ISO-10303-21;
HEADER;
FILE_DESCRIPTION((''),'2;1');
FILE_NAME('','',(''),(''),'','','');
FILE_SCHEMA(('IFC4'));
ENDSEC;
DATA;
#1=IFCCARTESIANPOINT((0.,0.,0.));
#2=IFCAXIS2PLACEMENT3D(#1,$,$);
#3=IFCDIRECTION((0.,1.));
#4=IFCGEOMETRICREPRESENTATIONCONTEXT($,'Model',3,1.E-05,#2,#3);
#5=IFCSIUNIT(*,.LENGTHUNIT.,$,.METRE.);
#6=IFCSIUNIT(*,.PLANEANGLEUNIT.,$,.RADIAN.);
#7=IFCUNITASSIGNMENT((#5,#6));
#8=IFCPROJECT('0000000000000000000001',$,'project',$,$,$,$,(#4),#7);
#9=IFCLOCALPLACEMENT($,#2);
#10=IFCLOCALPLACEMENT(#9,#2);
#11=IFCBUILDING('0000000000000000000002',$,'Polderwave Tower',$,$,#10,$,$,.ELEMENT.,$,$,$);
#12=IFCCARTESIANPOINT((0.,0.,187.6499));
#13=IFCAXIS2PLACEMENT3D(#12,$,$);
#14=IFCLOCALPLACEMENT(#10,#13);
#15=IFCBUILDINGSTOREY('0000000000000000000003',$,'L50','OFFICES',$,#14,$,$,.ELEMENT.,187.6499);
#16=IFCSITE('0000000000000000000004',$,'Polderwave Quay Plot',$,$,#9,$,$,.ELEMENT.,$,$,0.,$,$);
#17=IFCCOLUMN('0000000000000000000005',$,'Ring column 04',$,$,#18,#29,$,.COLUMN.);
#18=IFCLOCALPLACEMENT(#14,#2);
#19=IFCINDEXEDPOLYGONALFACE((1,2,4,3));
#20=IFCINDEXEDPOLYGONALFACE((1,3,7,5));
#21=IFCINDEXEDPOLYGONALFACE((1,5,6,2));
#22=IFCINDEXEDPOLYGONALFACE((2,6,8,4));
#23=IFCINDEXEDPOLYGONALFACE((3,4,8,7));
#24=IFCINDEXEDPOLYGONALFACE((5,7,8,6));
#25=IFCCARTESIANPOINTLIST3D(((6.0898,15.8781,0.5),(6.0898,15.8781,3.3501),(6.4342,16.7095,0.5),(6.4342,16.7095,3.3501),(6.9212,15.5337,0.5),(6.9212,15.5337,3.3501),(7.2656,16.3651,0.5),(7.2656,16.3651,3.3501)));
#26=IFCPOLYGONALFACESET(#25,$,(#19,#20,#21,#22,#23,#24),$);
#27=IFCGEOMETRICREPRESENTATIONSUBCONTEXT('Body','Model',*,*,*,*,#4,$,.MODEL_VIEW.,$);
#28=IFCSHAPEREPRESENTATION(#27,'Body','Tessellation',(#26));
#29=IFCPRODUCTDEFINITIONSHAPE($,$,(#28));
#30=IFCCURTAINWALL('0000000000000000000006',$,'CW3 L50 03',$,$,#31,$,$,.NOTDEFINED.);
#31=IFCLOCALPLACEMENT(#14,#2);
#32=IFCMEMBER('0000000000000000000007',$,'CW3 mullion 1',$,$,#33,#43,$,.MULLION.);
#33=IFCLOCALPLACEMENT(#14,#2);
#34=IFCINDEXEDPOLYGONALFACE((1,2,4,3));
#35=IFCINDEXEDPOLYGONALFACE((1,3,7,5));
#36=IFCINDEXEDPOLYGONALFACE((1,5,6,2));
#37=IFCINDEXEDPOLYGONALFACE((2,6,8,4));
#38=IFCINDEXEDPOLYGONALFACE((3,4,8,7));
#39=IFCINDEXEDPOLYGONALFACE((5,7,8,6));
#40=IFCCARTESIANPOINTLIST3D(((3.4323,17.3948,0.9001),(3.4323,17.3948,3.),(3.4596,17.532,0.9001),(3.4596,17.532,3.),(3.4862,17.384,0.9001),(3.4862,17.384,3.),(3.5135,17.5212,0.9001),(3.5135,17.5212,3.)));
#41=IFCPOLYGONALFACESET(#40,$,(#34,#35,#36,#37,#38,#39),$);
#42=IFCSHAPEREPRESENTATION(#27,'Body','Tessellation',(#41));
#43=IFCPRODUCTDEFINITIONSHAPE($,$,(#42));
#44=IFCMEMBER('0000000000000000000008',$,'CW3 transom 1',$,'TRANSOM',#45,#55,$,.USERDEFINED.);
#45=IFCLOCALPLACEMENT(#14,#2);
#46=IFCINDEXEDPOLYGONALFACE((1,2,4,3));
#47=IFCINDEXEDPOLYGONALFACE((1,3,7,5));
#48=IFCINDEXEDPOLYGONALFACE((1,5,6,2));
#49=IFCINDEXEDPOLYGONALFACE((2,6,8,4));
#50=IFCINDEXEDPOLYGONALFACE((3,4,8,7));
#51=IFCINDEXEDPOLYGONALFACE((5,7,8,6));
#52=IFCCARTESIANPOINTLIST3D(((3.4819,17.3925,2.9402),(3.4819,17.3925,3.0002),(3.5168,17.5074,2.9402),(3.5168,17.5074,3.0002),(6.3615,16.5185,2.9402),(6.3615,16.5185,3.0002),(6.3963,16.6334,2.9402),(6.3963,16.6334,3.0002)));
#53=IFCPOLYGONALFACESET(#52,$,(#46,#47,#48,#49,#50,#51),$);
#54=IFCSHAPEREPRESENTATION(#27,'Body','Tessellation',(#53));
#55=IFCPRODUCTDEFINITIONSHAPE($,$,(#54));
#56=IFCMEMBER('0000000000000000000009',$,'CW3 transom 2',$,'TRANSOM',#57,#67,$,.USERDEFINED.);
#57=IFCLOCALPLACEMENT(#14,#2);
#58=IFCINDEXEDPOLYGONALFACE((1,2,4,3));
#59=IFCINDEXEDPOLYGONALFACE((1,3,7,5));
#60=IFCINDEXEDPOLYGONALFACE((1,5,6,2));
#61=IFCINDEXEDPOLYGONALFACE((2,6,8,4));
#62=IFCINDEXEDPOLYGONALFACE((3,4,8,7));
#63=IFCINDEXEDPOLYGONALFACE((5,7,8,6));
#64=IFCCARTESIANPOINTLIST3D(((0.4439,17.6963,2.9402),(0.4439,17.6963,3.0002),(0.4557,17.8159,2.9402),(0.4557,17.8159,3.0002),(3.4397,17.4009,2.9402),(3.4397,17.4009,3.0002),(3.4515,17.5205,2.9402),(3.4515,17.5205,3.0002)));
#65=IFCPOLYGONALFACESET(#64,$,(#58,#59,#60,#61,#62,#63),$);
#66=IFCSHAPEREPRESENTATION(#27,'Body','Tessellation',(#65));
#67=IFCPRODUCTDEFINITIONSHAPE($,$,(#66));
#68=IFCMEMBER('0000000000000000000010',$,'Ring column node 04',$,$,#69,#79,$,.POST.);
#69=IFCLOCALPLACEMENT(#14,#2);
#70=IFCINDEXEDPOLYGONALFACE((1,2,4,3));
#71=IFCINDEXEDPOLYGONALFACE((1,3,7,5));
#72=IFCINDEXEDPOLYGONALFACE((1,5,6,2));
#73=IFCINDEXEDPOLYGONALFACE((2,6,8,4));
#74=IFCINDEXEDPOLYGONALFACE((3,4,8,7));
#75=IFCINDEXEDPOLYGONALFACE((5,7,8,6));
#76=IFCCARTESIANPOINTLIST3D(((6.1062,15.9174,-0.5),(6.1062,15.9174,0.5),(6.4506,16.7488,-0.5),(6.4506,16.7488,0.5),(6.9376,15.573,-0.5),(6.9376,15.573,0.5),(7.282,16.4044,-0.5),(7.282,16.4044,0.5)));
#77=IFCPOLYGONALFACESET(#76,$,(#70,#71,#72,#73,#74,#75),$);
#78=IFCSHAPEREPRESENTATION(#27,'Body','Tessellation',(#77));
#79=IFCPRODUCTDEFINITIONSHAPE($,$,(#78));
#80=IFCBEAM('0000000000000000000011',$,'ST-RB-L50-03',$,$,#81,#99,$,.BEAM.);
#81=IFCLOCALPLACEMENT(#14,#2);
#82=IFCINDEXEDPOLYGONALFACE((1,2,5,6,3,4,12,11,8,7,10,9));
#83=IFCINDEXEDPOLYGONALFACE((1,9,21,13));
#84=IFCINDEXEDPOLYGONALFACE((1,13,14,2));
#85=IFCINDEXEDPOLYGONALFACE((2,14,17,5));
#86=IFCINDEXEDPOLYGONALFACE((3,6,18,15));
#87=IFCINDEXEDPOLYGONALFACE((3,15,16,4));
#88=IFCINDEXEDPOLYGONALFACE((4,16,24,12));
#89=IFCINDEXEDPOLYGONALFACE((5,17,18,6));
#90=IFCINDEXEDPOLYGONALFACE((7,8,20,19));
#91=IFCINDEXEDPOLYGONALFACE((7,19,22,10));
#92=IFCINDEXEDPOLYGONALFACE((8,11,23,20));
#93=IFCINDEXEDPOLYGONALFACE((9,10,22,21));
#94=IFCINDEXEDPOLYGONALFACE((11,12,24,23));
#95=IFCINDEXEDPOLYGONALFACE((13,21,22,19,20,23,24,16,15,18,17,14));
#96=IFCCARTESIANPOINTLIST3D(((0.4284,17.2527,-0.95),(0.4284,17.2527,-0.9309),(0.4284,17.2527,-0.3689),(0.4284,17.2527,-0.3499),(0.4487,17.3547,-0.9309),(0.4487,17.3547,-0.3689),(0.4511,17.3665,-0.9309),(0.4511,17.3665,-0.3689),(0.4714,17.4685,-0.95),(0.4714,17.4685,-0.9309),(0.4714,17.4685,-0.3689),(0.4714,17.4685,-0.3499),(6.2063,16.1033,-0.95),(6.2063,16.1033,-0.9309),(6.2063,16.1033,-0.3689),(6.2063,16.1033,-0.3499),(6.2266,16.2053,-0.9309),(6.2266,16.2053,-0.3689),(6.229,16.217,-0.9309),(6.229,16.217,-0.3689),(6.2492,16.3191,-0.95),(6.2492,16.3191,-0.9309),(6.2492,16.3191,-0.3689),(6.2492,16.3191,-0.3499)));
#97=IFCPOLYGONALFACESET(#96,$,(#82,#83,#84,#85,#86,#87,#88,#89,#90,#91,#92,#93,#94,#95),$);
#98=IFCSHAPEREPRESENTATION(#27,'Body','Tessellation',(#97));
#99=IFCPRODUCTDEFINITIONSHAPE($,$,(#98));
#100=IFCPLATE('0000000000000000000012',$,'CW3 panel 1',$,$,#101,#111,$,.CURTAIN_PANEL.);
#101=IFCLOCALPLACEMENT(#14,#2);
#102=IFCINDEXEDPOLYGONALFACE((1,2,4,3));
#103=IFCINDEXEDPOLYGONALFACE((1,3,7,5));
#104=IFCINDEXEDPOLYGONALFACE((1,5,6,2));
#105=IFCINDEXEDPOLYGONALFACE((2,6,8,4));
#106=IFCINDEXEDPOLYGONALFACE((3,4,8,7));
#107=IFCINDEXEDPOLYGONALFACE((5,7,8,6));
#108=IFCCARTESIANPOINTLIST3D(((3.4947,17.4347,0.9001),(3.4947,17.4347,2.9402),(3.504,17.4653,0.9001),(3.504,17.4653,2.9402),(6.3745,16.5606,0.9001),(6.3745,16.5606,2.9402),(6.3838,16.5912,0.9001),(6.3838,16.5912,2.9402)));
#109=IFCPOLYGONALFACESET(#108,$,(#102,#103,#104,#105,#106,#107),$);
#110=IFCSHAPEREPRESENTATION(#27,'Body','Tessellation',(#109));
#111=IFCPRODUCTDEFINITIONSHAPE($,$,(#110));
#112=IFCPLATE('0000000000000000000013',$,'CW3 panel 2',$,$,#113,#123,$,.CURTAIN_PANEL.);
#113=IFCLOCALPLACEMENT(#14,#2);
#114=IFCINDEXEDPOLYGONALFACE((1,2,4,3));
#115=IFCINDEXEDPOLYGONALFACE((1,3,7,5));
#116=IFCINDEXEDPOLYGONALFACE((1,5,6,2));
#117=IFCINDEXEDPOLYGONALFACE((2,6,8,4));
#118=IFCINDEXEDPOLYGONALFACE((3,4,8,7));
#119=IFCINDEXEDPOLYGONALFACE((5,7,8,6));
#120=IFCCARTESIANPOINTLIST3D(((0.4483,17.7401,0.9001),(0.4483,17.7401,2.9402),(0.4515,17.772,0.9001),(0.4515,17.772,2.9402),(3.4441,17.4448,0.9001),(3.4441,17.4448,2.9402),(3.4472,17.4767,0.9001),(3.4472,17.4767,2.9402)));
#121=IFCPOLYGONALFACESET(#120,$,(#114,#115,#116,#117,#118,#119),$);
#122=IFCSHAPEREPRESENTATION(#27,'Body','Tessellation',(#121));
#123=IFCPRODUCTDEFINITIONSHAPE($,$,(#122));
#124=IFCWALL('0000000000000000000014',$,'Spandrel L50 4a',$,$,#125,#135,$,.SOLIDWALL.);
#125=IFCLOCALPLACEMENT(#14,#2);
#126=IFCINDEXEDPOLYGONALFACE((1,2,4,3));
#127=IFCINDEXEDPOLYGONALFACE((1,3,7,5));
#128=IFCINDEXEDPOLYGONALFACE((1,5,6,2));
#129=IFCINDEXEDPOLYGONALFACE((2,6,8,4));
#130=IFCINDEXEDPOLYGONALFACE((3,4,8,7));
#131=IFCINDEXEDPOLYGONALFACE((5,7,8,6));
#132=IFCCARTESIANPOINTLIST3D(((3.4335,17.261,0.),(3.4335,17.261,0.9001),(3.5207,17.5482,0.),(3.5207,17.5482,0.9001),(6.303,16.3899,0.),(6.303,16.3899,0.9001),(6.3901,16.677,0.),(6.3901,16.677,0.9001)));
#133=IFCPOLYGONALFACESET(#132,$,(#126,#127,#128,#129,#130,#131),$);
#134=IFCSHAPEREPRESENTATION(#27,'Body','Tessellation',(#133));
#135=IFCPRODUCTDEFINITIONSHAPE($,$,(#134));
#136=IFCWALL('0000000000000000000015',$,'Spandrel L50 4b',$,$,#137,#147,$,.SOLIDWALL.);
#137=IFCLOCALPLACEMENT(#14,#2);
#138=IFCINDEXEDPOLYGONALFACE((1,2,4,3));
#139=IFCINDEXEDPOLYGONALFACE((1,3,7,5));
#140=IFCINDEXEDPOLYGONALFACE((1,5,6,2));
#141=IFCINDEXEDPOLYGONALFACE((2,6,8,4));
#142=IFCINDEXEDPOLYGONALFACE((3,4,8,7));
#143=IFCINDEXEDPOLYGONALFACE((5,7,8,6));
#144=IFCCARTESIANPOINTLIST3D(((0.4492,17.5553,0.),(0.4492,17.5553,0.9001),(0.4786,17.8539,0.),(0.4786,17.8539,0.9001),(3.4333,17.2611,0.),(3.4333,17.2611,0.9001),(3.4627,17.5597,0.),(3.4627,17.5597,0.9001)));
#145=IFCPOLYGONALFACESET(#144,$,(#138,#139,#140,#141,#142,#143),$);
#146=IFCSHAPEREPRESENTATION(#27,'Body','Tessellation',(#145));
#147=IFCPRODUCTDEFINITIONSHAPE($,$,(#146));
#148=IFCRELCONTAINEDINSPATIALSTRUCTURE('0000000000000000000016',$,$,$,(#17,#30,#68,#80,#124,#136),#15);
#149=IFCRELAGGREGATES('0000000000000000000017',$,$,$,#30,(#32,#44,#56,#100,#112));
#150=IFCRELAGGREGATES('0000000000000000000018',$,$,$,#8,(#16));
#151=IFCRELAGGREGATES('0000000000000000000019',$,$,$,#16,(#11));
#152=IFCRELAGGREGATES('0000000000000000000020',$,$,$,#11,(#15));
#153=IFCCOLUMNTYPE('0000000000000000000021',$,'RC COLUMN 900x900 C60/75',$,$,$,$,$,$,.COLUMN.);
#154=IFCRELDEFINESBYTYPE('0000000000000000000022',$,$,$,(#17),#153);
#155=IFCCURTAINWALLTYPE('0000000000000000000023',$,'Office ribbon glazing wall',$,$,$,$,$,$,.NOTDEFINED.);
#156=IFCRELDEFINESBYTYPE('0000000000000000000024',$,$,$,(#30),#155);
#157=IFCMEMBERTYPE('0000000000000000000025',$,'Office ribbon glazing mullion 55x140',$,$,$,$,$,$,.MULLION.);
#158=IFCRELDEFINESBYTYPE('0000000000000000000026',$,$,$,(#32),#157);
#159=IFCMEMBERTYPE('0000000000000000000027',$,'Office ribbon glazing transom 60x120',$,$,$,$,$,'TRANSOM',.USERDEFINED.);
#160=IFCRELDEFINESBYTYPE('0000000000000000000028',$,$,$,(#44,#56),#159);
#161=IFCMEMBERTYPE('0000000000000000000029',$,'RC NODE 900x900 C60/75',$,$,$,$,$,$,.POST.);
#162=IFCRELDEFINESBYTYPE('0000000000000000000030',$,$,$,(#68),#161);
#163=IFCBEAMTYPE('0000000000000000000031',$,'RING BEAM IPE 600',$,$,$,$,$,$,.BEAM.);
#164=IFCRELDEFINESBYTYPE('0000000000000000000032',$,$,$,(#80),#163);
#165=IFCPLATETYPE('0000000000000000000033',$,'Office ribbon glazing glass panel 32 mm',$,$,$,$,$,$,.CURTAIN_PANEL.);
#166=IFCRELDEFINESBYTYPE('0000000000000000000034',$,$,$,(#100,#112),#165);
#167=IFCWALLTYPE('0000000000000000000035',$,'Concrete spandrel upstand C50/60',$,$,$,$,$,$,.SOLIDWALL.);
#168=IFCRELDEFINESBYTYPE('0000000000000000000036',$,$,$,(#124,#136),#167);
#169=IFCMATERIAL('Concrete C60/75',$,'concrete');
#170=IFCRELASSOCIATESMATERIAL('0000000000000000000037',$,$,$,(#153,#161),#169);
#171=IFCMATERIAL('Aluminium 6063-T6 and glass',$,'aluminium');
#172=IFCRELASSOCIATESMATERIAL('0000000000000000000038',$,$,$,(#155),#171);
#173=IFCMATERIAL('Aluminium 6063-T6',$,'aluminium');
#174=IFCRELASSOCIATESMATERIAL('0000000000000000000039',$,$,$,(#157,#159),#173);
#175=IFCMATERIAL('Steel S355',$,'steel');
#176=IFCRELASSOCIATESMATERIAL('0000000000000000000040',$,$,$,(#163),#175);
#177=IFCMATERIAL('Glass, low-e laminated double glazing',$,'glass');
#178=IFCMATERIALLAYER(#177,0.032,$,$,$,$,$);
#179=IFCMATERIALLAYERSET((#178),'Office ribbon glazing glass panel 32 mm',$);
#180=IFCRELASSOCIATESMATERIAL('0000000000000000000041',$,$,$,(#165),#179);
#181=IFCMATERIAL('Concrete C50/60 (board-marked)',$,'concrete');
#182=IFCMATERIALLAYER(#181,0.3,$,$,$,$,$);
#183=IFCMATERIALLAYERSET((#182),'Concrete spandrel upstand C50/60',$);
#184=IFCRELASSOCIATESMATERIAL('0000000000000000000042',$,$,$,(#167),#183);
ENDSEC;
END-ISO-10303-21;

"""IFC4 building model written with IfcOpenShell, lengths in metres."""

from ifc_helpers import new_model, si_unit, direction, frame, frame_2d, origin, origin_2d, place, context, subcontext, project, spatial, rectangle, i_section, extrude, material, layer, layer_set, material_profile, profile_set, type_object, element, aggregate, save


model = new_model("IFC4")

# Units and contexts
model_context = context("Model", 3, precision=1e-05, world=origin(), true_north=direction((0.0, 1.0)))
body_context = subcontext(model_context, "Body", "Model", "MODEL_VIEW")
ifc_project = project(units=[si_unit("LENGTHUNIT", "METRE"), si_unit("PLANEANGLEUNIT", "RADIAN")], contexts=[model_context])

# Site, building, storey
site_placement = place(None, origin())
site = spatial("IfcSite", under=ifc_project, at=site_placement, Name="Polderwave Quay Plot", CompositionType="ELEMENT", RefElevation=0.0)
building_placement = place(site_placement, origin())
building = spatial("IfcBuilding", under=site, at=building_placement, Name="Polderwave Tower", CompositionType="ELEMENT")
storey_placement = place(building_placement, frame((0.0, 0.0, 187.6499)))
storey = spatial("IfcBuildingStorey", under=building, at=storey_placement, Name="L50", Description="OFFICES", CompositionType="ELEMENT", Elevation=187.6499)

# Column
ifc_material_1 = material(Name="Concrete C60/75", Category="concrete")
ifc_material_profile_1 = material_profile(ifc_material_1, rectangle(XDim=0.8999, YDim=0.8999, at=origin_2d()), Name="RC 900x900")
ifc_profile_set_1 = profile_set([ifc_material_profile_1], Name="Concrete C60/75")
column_type = type_object("IfcColumnType", Name="RC COLUMN 900x900 C60/75", PredefinedType="COLUMN", material=ifc_profile_set_1)
column_placement = place(storey_placement, frame((6.6777, 16.1216, 0.5), z_axis=(0.0, 0.0, 1.0), x_axis=(0.382683, 0.92388, 0.0)))
element("IfcColumn", 1, at=column_placement, inside=storey, type_object=column_type, Name="Ring column 04", PredefinedType="COLUMN", context=body_context, shape_type="SweptSolid", body=[
    extrude(rectangle(XDim=0.8999, YDim=0.8999, at=origin_2d()), origin(), (0.0, 0.0, 1.0), 2.8501),
])

# Curtain wall, members
ifc_material_2 = material(Name="Aluminium 6063-T6 and glass", Category="aluminium")
curtain_wall_type = type_object("IfcCurtainWallType", Name="Office ribbon glazing wall", PredefinedType="NOTDEFINED", material=ifc_material_2)
curtain_wall_placement = place(storey_placement, origin())
curtain_wall = element("IfcCurtainWall", 2, at=curtain_wall_placement, inside=storey, type_object=curtain_wall_type, Name="CW3 L50 03", PredefinedType="NOTDEFINED")
ifc_material_3 = material(Name="Aluminium 6063-T6", Category="aluminium")
ifc_material_profile_2 = material_profile(ifc_material_3, rectangle(XDim=0.1399, YDim=0.0549, at=origin_2d()), Name="AL 55x140")
ifc_profile_set_2 = profile_set([ifc_material_profile_2], Name="Aluminium 6063-T6")
member_type_1 = type_object("IfcMemberType", Name="Office ribbon glazing mullion 55x140", PredefinedType="MULLION", material=ifc_profile_set_2)
member_1_placement = place(storey_placement, frame((3.4729, 17.458, 0.9001), z_axis=(0.0, 0.0, 1.0), x_axis=(-0.195205, -0.980762, 0.0)))
member_1 = element("IfcMember", 3, at=member_1_placement, type_object=member_type_1, Name="CW3 mullion 1", PredefinedType="MULLION", context=body_context, shape_type="SweptSolid", body=[
    extrude(rectangle(XDim=0.1399, YDim=0.0549, at=origin_2d()), origin(), (0.0, 0.0, 1.0), 2.0999),
])
ifc_material_profile_3 = material_profile(ifc_material_3, rectangle(XDim=0.1201, YDim=0.0601, at=origin_2d()), Name="AL 60x120")
ifc_profile_set_3 = profile_set([ifc_material_profile_3], Name="Aluminium 6063-T6")
member_type_2 = type_object("IfcMemberType", Name="Office ribbon glazing transom 60x120", ElementType="TRANSOM", PredefinedType="USERDEFINED", material=ifc_profile_set_3)
member_2_placement = place(storey_placement, frame((6.3789, 16.5759, 2.9702), z_axis=(-0.956895, 0.290435, 0.0), x_axis=(-0.290435, -0.956895, 0.0)))
member_2 = element("IfcMember", 4, at=member_2_placement, type_object=member_type_2, Name="CW3 transom 1", ObjectType="TRANSOM", PredefinedType="USERDEFINED", context=body_context, shape_type="SweptSolid", body=[
    extrude(rectangle(XDim=0.1201, YDim=0.0601, at=origin_2d()), origin(), (0.0, 0.0, 1.0), 3.0093),
])
member_3_placement = place(storey_placement, frame((3.4456, 17.4607, 2.9702), z_axis=(-0.995173, 0.098138, 0.0), x_axis=(-0.098138, -0.995173, 0.0)))
member_3 = element("IfcMember", 5, at=member_3_placement, type_object=member_type_2, Name="CW3 transom 2", ObjectType="TRANSOM", PredefinedType="USERDEFINED", context=body_context, shape_type="SweptSolid", body=[
    extrude(rectangle(XDim=0.1201, YDim=0.0601, at=origin_2d()), origin(), (0.0, 0.0, 1.0), 3.0103),
])

# Member
ifc_material_profile_4 = material_profile(ifc_material_1, rectangle(XDim=0.8999, YDim=0.8999, at=origin_2d()), Name="RC 900x900")
ifc_profile_set_4 = profile_set([ifc_material_profile_4], Name="Concrete C60/75")
member_type_3 = type_object("IfcMemberType", Name="RC NODE 900x900 C60/75", PredefinedType="POST", material=ifc_profile_set_4)
member_4_placement = place(storey_placement, frame((6.6941, 16.1609, -0.5), z_axis=(0.0, 0.0, 1.0), x_axis=(0.382683, 0.92388, 0.0)))
element("IfcMember", 6, at=member_4_placement, inside=storey, type_object=member_type_3, Name="Ring column node 04", PredefinedType="POST", context=body_context, shape_type="SweptSolid", body=[
    extrude(rectangle(XDim=0.8999, YDim=0.8999, at=origin_2d()), origin(), (0.0, 0.0, 1.0), 1.0),
])

# Beam
ifc_material_4 = material(Name="Steel S355", Category="steel")
ifc_material_profile_5 = material_profile(ifc_material_4, i_section(OverallWidth=0.22, OverallDepth=0.6001, WebThickness=0.012, FlangeThickness=0.019, at=origin_2d()), Name="IPE 600")
ifc_profile_set_5 = profile_set([ifc_material_profile_5], Name="Steel S355")
beam_type = type_object("IfcBeamType", Name="RING BEAM IPE 600", PredefinedType="BEAM", material=ifc_profile_set_5)
beam_placement = place(storey_placement, frame((6.2278, 16.2112, -0.6499), z_axis=(-0.980781, 0.195112, 0.0), x_axis=(-0.195112, -0.980781, 0.0)))
element("IfcBeam", 7, at=beam_placement, inside=storey, type_object=beam_type, Name="ST-RB-L50-03", PredefinedType="BEAM", context=body_context, shape_type="SweptSolid", body=[
    extrude(i_section(OverallWidth=0.22, OverallDepth=0.6001, WebThickness=0.012, FlangeThickness=0.019, at=origin_2d()), origin(), (0.0, 0.0, 1.0), 5.8911),
])

# Plates
ifc_material_5 = material(Name="Glass, low-e laminated double glazing", Category="glass")
ifc_layer_1 = layer(ifc_material_5, 0.032)
ifc_layer_set_1 = layer_set([ifc_layer_1], Name="Office ribbon glazing glass panel 32 mm")
plate_type = type_object("IfcPlateType", Name="Office ribbon glazing glass panel 32 mm", PredefinedType="CURTAIN_PANEL", material=ifc_layer_set_1)
plate_1_placement = place(storey_placement, frame((4.9392, 17.0129, 0.9001), z_axis=(0.0, 0.0, 1.0), x_axis=(-0.956897, 0.290428, 0.0)))
plate_1 = element("IfcPlate", 8, at=plate_1_placement, type_object=plate_type, Name="CW3 panel 1", PredefinedType="CURTAIN_PANEL", context=body_context, shape_type="SweptSolid", body=[
    extrude(rectangle(XDim=3.0095, YDim=0.032, at=origin_2d()), origin(), (0.0, 0.0, 1.0), 2.04),
])
plate_2_placement = place(storey_placement, frame((1.9478, 17.6084, 0.9001), z_axis=(0.0, 0.0, 1.0), x_axis=(-0.995176, 0.098102, 0.0)))
plate_2 = element("IfcPlate", 9, at=plate_2_placement, type_object=plate_type, Name="CW3 panel 2", PredefinedType="CURTAIN_PANEL", context=body_context, shape_type="SweptSolid", body=[
    extrude(rectangle(XDim=3.0103, YDim=0.032, at=origin_2d()), origin(), (0.0, 0.0, 1.0), 2.04),
])
aggregate(curtain_wall, [member_1, member_2, member_3, plate_1, plate_2])

# Walls
ifc_material_6 = material(Name="Concrete C50/60 (board-marked)", Category="concrete")
ifc_layer_2 = layer(ifc_material_6, 0.3)
ifc_layer_set_2 = layer_set([ifc_layer_2], Name="Concrete spandrel upstand C50/60")
wall_type_1 = type_object("IfcWallType", Name="Concrete spandrel upstand C50/60", PredefinedType="SOLIDWALL", material=ifc_layer_set_2)
wall_1_placement = place(storey_placement, frame((6.3467, 16.5334, 0.0), z_axis=(0.0, 0.0, 1.0), x_axis=(-0.956878, 0.290491, 0.0)))
element("IfcWall", 10, at=wall_1_placement, inside=storey, type_object=wall_type_1, Name="Spandrel L50 4a", PredefinedType="SOLIDWALL", context=body_context, shape_type="SweptSolid", body=[
    extrude(rectangle(XDim=2.9988, YDim=0.3, at=frame_2d((1.4995, 0.0))), origin(), (0.0, 0.0, 1.0), 0.9001),
])
wall_2_placement = place(storey_placement, frame((3.448, 17.4104, 0.0), z_axis=(0.0, 0.0, 1.0), x_axis=(-0.995176, 0.098109, 0.0)))
element("IfcWall", 11, at=wall_2_placement, inside=storey, type_object=wall_type_1, Name="Spandrel L50 4b", PredefinedType="SOLIDWALL", context=body_context, shape_type="SweptSolid", body=[
    extrude(rectangle(XDim=2.9985, YDim=0.3, at=frame_2d((1.4993, 0.0))), origin(), (0.0, 0.0, 1.0), 0.9001),
])

save(model, "model.ifc")
